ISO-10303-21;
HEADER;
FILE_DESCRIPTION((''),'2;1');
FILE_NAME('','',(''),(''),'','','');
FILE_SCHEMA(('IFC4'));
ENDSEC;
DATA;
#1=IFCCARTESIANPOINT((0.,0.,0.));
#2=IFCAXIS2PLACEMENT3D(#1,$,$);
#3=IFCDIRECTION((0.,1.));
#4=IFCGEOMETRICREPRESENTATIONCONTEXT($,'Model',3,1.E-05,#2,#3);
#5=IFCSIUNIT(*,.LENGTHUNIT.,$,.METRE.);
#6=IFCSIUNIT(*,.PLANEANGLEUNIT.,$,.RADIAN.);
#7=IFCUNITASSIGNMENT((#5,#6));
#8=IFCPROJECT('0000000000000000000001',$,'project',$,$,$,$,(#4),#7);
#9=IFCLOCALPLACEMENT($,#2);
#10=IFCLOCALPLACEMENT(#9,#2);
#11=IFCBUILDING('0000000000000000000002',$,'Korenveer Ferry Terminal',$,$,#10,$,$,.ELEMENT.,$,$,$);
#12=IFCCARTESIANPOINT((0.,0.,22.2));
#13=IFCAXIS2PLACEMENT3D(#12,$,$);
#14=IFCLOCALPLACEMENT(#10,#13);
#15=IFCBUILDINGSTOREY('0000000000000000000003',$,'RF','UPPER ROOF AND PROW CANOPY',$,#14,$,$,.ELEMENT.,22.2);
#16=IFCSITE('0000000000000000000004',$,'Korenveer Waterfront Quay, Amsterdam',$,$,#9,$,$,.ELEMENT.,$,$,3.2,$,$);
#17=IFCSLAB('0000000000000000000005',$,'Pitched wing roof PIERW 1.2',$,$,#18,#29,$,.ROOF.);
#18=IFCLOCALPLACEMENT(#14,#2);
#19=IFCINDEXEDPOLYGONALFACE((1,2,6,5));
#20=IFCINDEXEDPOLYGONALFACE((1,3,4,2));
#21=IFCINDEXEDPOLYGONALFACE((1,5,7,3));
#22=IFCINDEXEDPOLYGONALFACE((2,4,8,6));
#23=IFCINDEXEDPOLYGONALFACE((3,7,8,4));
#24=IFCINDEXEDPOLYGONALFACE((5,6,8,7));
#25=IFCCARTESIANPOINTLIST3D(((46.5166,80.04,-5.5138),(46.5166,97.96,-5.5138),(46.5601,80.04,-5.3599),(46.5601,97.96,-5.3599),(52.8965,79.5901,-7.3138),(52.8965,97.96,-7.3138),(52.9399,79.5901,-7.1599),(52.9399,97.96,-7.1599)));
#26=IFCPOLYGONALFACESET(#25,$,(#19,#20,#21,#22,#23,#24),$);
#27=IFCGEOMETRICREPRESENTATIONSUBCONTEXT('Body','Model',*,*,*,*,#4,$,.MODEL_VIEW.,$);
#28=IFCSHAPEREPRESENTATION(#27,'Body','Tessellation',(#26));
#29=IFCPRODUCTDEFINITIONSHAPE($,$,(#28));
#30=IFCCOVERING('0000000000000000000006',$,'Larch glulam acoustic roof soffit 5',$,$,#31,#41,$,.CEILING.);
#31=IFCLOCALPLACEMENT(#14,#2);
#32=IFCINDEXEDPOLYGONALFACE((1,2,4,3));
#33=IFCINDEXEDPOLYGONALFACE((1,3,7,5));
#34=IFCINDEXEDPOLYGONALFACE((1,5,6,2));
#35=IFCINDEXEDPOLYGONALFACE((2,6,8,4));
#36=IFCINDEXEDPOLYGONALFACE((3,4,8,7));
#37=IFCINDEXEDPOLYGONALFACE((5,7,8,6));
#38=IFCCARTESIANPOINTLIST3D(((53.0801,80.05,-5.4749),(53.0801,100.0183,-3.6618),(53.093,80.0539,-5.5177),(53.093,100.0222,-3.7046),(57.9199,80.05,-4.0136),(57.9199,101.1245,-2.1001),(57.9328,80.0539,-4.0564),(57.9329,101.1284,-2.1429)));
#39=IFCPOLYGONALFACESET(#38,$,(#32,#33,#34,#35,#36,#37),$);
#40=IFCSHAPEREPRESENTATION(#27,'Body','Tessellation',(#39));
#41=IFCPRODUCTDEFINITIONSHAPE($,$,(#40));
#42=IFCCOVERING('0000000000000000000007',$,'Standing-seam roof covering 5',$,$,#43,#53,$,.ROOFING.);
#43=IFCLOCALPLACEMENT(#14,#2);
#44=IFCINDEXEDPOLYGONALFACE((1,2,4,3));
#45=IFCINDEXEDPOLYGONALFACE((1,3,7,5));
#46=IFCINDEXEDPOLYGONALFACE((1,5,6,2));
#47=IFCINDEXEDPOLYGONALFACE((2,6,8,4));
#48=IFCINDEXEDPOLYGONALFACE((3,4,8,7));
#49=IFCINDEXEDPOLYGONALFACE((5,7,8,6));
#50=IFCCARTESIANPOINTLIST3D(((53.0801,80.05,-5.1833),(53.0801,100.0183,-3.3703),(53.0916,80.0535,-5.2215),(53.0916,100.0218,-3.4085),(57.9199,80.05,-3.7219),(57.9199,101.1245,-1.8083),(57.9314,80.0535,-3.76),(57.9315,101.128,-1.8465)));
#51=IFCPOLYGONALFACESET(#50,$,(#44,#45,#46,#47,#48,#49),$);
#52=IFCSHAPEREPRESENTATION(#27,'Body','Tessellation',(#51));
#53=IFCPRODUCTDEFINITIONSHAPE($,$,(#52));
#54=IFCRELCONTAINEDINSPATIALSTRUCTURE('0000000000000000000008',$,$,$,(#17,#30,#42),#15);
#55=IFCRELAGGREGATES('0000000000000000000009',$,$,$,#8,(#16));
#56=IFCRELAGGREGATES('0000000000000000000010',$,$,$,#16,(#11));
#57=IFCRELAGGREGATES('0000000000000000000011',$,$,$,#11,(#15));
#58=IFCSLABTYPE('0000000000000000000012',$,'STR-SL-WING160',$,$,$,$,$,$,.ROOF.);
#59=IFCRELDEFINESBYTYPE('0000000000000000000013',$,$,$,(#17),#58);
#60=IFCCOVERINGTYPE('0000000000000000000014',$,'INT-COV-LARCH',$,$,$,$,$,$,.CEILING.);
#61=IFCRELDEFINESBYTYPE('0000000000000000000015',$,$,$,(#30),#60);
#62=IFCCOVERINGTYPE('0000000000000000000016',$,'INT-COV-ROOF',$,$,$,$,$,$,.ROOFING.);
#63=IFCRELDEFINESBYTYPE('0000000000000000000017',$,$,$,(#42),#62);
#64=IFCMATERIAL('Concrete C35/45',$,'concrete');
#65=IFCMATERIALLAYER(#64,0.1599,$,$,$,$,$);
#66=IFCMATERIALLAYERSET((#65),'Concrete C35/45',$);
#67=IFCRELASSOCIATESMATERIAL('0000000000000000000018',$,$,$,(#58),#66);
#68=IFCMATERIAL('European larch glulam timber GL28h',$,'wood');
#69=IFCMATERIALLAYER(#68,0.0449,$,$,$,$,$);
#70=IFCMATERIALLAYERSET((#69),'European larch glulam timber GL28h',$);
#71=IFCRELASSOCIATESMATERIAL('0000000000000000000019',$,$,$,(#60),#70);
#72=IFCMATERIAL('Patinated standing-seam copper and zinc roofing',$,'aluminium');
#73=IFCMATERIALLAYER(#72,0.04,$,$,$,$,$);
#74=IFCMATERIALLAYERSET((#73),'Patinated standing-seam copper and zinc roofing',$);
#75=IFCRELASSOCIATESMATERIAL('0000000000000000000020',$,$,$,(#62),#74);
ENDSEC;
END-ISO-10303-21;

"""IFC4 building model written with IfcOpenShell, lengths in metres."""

from ifc_helpers import new_model, si_unit, direction, frame, origin, place, context, subcontext, project, spatial, polyline, outline, extrude, material, layer, layer_set, type_object, element, save


model = new_model("IFC4")

# Units and contexts
model_context = context("Model", 3, precision=1e-05, world=origin(), true_north=direction((0.0, 1.0)))
body_context = subcontext(model_context, "Body", "Model", "MODEL_VIEW")
ifc_project = project(units=[si_unit("LENGTHUNIT", "METRE"), si_unit("PLANEANGLEUNIT", "RADIAN")], contexts=[model_context])

# Site, building, storey
site_placement = place(None, origin())
site = spatial("IfcSite", under=ifc_project, at=site_placement, Name="Korenveer Waterfront Quay, Amsterdam", CompositionType="ELEMENT", RefElevation=3.2)
building_placement = place(site_placement, origin())
building = spatial("IfcBuilding", under=site, at=building_placement, Name="Korenveer Ferry Terminal", CompositionType="ELEMENT")
storey_placement = place(building_placement, frame((0.0, 0.0, 22.2)))
storey = spatial("IfcBuildingStorey", under=building, at=storey_placement, Name="RF", Description="UPPER ROOF AND PROW CANOPY", CompositionType="ELEMENT", Elevation=22.2)

# Slab
ifc_material_1 = material(Name="Concrete C35/45", Category="concrete")
ifc_layer_1 = layer(ifc_material_1, 0.1599)
ifc_layer_set_1 = layer_set([ifc_layer_1], Name="Concrete C35/45")
slab_type_1 = type_object("IfcSlabType", Name="STR-SL-WING160", PredefinedType="ROOF", material=ifc_layer_set_1)
for number, where, z_axis, x_axis, name in (
    (1, (46.5601, 80.04, -5.3599), (0.271543, 0.0, 0.962426), (0.960217, -0.067721, -0.27092), "Pitched wing roof PIERW 1.2"),
):
    element("IfcSlab", number, at=place(storey_placement, frame(where, z_axis=z_axis, x_axis=x_axis)), inside=storey, type_object=slab_type_1, Name=name, PredefinedType="ROOF", context=body_context, shape_type="SweptSolid", body=[
        extrude(outline(polyline([(0.0, 0.0), (6.6442, 0.0), (5.4002, 18.3277), (-1.2136, 17.8788), (0.0, 0.0)])), origin(), (0.0, 0.0, -1.0), 0.1599),
    ])

# Coverings
ifc_material_2 = material(Name="European larch glulam timber GL28h", Category="wood")
ifc_layer_2 = layer(ifc_material_2, 0.0449)
ifc_layer_set_2 = layer_set([ifc_layer_2], Name="European larch glulam timber GL28h")
covering_type_1 = type_object("IfcCoveringType", Name="INT-COV-LARCH", PredefinedType="CEILING", material=ifc_layer_set_2)
covering_1_placement = place(storey_placement, frame((53.0801, 80.05, -5.4749), z_axis=(-0.28795, -0.086595, 0.953722), x_axis=(0.957318, -0.000001, 0.289035)))
element("IfcCovering", 2, at=covering_1_placement, inside=storey, type_object=covering_type_1, Name="Larch glulam acoustic roof soffit 5", PredefinedType="CEILING", context=body_context, shape_type="SweptSolid", body=[
    extrude(outline(polyline([(0.0, 0.0), (5.0556, 0.0), (5.6087, 21.1539), (0.524, 20.0435), (0.0, 0.0)])), origin(), (0.0, 0.0, -1.0), 0.0449),
])
ifc_material_3 = material(Name="Patinated standing-seam copper and zinc roofing", Category="aluminium")
ifc_layer_3 = layer(ifc_material_3, 0.04)
ifc_layer_set_3 = layer_set([ifc_layer_3], Name="Patinated standing-seam copper and zinc roofing")
covering_type_2 = type_object("IfcCoveringType", Name="INT-COV-ROOF", PredefinedType="ROOFING", material=ifc_layer_set_3)
covering_2_placement = place(storey_placement, frame((53.0801, 80.05, -5.1833), z_axis=(-0.287994, -0.086594, 0.953709), x_axis=(0.957305, -0.000001, 0.28908)))
element("IfcCovering", 3, at=covering_2_placement, inside=storey, type_object=covering_type_2, Name="Standing-seam roof covering 5", PredefinedType="ROOFING", context=body_context, shape_type="SweptSolid", body=[
    extrude(outline(polyline([(0.0, 0.0), (5.0557, 0.0), (5.6088, 21.1539), (0.5241, 20.0435), (0.0, 0.0)])), origin(), (0.0, 0.0, -1.0), 0.04),
])

save(model, "model.ifc")
